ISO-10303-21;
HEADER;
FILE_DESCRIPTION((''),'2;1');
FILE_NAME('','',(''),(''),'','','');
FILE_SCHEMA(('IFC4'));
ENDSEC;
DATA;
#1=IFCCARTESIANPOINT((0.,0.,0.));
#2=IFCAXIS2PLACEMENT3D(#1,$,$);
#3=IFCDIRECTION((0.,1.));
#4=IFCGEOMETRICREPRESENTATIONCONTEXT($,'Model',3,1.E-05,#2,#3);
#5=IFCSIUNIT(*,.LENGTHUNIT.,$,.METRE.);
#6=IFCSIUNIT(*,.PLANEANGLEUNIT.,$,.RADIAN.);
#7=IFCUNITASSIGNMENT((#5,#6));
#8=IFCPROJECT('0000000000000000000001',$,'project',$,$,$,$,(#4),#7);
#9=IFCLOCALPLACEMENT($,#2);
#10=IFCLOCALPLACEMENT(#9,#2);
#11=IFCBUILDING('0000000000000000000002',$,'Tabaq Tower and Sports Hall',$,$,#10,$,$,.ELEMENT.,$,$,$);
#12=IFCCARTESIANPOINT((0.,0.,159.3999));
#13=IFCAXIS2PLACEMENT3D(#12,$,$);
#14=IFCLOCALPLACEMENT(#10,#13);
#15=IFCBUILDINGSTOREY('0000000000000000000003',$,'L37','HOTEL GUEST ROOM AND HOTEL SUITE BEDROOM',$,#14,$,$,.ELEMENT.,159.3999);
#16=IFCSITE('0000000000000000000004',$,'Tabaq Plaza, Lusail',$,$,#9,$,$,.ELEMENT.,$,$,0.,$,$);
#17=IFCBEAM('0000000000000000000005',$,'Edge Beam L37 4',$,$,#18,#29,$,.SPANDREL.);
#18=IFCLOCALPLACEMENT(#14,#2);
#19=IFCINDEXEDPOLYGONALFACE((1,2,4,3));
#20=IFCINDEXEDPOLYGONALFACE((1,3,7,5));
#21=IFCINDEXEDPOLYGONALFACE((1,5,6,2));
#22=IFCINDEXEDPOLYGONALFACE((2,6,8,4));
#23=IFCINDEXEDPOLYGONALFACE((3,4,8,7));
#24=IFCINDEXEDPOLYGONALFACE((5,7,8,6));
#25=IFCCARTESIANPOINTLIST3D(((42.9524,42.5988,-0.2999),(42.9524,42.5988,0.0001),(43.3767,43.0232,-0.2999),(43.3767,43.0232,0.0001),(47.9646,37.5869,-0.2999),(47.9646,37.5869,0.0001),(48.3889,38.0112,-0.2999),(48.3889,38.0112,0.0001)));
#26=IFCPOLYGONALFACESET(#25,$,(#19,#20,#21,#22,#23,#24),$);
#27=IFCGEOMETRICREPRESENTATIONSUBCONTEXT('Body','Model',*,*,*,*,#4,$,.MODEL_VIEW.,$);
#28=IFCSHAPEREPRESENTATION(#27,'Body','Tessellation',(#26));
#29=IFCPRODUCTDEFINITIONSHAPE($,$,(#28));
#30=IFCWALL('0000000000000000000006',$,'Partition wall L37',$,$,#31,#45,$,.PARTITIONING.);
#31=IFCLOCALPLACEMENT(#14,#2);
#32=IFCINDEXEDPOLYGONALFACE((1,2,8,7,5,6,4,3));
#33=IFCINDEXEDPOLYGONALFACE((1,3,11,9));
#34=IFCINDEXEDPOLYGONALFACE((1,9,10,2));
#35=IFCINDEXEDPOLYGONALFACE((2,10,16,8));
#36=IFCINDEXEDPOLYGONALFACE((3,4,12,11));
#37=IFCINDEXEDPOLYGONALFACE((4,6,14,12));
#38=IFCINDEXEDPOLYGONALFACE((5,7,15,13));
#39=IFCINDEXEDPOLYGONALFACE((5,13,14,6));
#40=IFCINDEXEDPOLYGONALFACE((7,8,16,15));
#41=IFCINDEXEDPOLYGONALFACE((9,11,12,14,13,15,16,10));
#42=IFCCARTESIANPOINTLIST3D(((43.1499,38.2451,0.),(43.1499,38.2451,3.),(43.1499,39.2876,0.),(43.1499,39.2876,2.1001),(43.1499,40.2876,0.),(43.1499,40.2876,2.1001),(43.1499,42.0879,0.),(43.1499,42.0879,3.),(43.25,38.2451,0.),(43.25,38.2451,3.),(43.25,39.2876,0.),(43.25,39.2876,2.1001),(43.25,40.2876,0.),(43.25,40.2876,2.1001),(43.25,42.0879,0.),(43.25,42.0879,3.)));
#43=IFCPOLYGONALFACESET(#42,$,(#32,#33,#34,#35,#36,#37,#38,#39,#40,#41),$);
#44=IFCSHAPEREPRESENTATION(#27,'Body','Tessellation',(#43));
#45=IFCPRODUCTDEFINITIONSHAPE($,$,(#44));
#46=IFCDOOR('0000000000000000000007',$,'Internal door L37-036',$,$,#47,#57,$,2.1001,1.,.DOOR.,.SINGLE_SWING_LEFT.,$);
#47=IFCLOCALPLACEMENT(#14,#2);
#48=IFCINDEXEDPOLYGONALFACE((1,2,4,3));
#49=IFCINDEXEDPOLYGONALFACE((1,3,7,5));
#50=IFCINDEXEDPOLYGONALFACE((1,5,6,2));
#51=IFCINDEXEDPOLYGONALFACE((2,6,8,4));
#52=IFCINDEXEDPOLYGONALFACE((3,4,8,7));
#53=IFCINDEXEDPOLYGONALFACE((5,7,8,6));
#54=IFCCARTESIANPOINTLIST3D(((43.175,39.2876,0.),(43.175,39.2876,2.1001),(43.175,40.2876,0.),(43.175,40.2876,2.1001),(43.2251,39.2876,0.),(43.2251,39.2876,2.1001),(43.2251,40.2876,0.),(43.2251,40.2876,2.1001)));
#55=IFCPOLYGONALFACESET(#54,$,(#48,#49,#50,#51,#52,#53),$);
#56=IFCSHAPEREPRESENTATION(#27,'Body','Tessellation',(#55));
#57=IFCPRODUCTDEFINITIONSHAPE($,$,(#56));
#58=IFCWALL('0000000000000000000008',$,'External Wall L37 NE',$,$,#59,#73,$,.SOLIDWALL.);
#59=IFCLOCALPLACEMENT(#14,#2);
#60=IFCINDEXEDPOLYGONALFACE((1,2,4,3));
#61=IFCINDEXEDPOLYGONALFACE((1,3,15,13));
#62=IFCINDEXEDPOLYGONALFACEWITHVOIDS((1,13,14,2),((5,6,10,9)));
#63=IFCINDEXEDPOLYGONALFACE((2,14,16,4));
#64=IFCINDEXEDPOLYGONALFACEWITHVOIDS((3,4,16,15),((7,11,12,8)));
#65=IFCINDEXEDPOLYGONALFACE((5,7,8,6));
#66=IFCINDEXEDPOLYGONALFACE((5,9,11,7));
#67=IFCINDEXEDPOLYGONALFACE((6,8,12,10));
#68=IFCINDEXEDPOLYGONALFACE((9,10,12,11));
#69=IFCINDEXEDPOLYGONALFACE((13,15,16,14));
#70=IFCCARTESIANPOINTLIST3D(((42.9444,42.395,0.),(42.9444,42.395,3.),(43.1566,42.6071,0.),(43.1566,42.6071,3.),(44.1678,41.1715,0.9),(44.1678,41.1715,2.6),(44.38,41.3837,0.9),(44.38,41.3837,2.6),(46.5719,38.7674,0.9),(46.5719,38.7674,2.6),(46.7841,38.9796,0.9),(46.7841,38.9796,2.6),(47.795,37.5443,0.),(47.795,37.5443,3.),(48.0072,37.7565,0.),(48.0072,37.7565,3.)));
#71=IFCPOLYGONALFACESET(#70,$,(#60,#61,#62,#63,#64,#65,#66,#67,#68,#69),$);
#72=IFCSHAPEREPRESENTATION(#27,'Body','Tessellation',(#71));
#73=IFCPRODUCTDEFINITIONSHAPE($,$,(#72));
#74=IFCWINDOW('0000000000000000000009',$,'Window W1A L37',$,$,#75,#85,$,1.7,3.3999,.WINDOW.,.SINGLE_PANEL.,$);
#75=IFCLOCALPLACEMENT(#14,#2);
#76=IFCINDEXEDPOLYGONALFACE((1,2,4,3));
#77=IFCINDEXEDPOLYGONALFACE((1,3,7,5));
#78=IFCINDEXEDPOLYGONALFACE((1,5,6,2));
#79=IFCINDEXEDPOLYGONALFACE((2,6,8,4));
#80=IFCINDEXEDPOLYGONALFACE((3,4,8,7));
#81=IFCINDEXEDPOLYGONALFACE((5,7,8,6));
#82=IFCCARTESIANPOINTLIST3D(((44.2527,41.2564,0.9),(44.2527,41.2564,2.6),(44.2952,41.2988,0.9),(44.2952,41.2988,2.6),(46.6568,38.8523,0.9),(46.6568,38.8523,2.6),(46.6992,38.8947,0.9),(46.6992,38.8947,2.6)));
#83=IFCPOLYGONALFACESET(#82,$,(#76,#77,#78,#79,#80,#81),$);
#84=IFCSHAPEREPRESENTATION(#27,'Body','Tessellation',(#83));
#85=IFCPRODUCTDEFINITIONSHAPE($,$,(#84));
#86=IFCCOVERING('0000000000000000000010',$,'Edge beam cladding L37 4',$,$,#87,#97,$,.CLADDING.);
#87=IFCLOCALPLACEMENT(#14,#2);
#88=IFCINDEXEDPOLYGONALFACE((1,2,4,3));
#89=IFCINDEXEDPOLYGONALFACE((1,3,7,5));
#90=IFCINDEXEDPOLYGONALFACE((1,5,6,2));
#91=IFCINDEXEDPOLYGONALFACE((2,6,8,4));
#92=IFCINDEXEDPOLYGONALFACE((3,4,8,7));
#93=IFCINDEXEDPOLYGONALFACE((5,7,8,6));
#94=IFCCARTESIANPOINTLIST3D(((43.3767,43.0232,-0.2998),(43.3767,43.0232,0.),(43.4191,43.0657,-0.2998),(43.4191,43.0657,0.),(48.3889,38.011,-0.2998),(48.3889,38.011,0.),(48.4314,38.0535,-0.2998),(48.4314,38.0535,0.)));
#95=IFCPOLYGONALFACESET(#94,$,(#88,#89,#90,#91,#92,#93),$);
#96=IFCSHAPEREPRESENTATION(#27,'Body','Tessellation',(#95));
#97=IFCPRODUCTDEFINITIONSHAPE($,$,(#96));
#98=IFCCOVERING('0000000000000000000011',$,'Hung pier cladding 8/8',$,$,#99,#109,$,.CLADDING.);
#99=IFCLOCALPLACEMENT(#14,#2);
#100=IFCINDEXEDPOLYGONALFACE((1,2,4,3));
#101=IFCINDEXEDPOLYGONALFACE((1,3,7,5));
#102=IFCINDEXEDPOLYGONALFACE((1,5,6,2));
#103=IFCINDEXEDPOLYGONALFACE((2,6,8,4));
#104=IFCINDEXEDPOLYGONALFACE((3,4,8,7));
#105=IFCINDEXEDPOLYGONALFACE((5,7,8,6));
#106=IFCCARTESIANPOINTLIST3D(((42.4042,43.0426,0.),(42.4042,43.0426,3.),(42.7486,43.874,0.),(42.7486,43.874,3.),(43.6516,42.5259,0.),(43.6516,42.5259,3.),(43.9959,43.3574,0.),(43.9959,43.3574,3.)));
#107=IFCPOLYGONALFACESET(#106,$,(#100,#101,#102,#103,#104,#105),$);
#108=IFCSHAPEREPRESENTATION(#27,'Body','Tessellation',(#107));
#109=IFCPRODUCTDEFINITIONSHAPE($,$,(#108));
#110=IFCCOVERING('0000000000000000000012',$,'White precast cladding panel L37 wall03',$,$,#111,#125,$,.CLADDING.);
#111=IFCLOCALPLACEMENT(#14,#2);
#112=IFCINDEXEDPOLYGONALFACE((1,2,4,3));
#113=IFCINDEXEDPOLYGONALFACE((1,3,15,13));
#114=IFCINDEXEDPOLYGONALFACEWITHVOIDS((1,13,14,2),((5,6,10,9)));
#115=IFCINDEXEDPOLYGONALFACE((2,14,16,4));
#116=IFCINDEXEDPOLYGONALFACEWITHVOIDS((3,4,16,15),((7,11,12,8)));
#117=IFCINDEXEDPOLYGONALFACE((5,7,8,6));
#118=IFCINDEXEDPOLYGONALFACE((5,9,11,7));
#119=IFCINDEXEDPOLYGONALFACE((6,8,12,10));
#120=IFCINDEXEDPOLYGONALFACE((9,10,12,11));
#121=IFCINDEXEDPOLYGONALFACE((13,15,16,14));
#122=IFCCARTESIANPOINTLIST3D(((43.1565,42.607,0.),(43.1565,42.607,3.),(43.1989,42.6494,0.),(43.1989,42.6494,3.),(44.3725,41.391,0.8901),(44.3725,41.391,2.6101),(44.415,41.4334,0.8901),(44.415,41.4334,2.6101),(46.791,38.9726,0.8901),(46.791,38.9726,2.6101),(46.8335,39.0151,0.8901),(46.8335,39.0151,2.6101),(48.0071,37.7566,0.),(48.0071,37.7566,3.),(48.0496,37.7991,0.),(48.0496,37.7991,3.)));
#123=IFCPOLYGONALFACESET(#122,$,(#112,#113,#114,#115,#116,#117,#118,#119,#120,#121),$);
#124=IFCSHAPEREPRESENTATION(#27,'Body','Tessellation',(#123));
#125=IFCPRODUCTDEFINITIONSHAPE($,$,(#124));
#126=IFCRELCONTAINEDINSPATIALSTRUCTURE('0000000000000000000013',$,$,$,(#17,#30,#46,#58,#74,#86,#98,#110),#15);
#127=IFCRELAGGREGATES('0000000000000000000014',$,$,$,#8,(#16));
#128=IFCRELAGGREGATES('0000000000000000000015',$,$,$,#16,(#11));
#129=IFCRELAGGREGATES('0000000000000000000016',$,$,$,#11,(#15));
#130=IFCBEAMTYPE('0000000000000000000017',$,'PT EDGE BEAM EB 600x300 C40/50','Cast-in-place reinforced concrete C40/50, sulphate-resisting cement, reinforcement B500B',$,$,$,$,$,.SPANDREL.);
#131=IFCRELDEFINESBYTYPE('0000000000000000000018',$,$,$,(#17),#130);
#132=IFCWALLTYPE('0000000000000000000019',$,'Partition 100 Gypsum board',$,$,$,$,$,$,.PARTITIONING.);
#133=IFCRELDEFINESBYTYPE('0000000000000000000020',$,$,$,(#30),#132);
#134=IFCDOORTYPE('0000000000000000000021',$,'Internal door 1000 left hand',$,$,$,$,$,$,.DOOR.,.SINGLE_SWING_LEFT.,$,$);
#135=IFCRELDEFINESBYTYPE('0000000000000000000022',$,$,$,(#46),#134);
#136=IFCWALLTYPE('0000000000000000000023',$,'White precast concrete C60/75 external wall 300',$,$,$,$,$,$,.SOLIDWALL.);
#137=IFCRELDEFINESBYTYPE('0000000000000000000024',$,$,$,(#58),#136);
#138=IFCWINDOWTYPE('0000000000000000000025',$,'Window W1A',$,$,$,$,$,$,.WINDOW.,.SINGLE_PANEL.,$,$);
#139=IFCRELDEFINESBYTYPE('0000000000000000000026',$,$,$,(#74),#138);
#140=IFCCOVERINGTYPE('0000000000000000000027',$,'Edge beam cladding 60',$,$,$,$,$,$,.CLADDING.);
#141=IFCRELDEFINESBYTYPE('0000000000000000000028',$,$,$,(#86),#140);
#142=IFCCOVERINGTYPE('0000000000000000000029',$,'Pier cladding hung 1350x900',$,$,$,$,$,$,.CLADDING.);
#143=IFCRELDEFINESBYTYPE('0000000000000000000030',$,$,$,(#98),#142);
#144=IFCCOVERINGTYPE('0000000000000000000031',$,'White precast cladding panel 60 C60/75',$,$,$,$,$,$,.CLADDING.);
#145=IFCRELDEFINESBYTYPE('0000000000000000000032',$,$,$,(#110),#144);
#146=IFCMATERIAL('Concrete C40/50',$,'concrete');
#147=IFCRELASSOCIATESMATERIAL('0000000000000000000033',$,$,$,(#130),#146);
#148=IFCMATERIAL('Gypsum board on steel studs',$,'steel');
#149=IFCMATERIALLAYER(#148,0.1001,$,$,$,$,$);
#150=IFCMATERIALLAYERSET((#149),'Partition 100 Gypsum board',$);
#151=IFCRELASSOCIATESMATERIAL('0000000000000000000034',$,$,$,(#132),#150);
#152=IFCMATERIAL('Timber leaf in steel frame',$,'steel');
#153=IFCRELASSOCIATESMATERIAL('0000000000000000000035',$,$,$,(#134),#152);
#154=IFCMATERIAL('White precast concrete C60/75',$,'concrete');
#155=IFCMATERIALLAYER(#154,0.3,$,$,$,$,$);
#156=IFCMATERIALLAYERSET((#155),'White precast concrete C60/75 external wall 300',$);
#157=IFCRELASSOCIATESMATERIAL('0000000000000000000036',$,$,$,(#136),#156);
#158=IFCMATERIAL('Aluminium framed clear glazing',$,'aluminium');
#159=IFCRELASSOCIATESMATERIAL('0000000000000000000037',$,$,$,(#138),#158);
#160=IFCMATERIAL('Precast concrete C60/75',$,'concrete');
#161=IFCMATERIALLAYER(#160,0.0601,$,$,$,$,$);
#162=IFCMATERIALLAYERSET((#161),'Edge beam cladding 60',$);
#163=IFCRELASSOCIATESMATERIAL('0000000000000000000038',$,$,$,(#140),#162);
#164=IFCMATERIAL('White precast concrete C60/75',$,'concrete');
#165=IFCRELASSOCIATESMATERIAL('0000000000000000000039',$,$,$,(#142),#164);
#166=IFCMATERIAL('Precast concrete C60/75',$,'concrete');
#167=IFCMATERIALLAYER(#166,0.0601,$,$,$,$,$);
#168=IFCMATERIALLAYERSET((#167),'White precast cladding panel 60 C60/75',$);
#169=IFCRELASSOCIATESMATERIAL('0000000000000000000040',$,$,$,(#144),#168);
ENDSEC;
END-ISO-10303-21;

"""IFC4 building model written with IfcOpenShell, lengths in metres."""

from ifc_helpers import new_model, si_unit, direction, frame, frame_2d, origin, origin_2d, place, context, subcontext, project, spatial, polyline, rectangle, outline, extrude, material, layer, layer_set, material_profile, profile_set, type_object, element, fill, save


model = new_model("IFC4")

# Units and contexts
model_context = context("Model", 3, precision=1e-05, world=origin(), true_north=direction((0.0, 1.0)))
body_context = subcontext(model_context, "Body", "Model", "MODEL_VIEW")
ifc_project = project(units=[si_unit("LENGTHUNIT", "METRE"), si_unit("PLANEANGLEUNIT", "RADIAN")], contexts=[model_context])

# Site, building, storey
site_placement = place(None, origin())
site = spatial("IfcSite", under=ifc_project, at=site_placement, Name="Tabaq Plaza, Lusail", CompositionType="ELEMENT", RefElevation=0.0)
building_placement = place(site_placement, origin())
building = spatial("IfcBuilding", under=site, at=building_placement, Name="Tabaq Tower and Sports Hall", CompositionType="ELEMENT")
storey_placement = place(building_placement, frame((0.0, 0.0, 159.3999)))
storey = spatial("IfcBuildingStorey", under=building, at=storey_placement, Name="L37", Description="HOTEL GUEST ROOM AND HOTEL SUITE BEDROOM", CompositionType="ELEMENT", Elevation=159.3999)

# Beam
ifc_material_1 = material(Name="Concrete C40/50", Category="concrete")
ifc_material_profile = material_profile(ifc_material_1, rectangle(XDim=0.6001, YDim=0.3, at=origin_2d()), Name="EB 600x300")
ifc_profile_set = profile_set([ifc_material_profile], Name="Concrete C40/50")
beam_type = type_object("IfcBeamType", Name="PT EDGE BEAM EB 600x300 C40/50", Description="Cast-in-place reinforced concrete C40/50, sulphate-resisting cement, reinforcement B500B", PredefinedType="SPANDREL", material=ifc_profile_set)
beam_placement = place(storey_placement, frame((48.1768, 37.7991, -0.1499), z_axis=(-0.707124, 0.70709, 0.0), x_axis=(-0.70709, -0.707124, 0.0)))
element("IfcBeam", 1, at=beam_placement, inside=storey, type_object=beam_type, Name="Edge Beam L37 4", PredefinedType="SPANDREL", context=body_context, shape_type="SweptSolid", body=[
    extrude(rectangle(XDim=0.6001, YDim=0.3, at=origin_2d()), origin(), (0.0, 0.0, 1.0), 7.0881),
])

# Wall, opening, door
ifc_material_2 = material(Name="Gypsum board on steel studs", Category="steel")
ifc_layer_1 = layer(ifc_material_2, 0.1001)
ifc_layer_set_1 = layer_set([ifc_layer_1], Name="Partition 100 Gypsum board")
wall_type_1 = type_object("IfcWallType", Name="Partition 100 Gypsum board", PredefinedType="PARTITIONING", material=ifc_layer_set_1)
wall_1_placement = place(storey_placement, frame((43.2, 38.2451, 0.0), z_axis=(0.0, 0.0, 1.0), x_axis=(0.0, 1.0, 0.0)))
wall_1 = element("IfcWall", 2, at=wall_1_placement, inside=storey, type_object=wall_type_1, Name="Partition wall L37", PredefinedType="PARTITIONING", context=body_context, shape_type="SweptSolid", body=[
    extrude(rectangle(XDim=3.8428, YDim=0.1001, at=frame_2d((1.9214, 0.0))), origin(), (0.0, 0.0, 1.0), 3.0),
])
opening_1_placement = place(wall_1_placement, frame((1.0425, 0.0, 0.0)))
opening_1 = element("IfcOpeningElement", 3, at=opening_1_placement, cuts=wall_1, PredefinedType="OPENING", context=body_context, shape_type="SweptSolid", body=[
    extrude(rectangle(XDim=1.0, YDim=2.1001, at=frame_2d((0.5, 1.05))), frame((0.0, 0.05, 0.0), z_axis=(0.0, -1.0, 0.0), x_axis=(1.0, 0.0, 0.0)), (0.0, 0.0, 1.0), 0.1001),
])
ifc_material_3 = material(Name="Timber leaf in steel frame", Category="steel")
door_type = type_object("IfcDoorType", Name="Internal door 1000 left hand", OperationType="SINGLE_SWING_LEFT", PredefinedType="DOOR", material=ifc_material_3)
door_placement = place(opening_1_placement, origin())
door = element("IfcDoor", 4, at=door_placement, inside=storey, type_object=door_type, Name="Internal door L37-036", OperationType="SINGLE_SWING_LEFT", OverallHeight=2.1001, OverallWidth=1.0, PredefinedType="DOOR", context=body_context, shape_type="SweptSolid", body=[
    extrude(rectangle(XDim=1.0, YDim=2.1001, at=frame_2d((0.5, 1.05))), frame((0.0, 0.0249, 0.0), z_axis=(0.0, -1.0, 0.0), x_axis=(1.0, 0.0, 0.0)), (0.0, 0.0, 1.0), 0.05),
])
fill(opening_1, door)

# Wall, opening, window
ifc_material_4 = material(Name="White precast concrete C60/75", Category="concrete")
ifc_layer_2 = layer(ifc_material_4, 0.3)
ifc_layer_set_2 = layer_set([ifc_layer_2], Name="White precast concrete C60/75 external wall 300")
wall_type_2 = type_object("IfcWallType", Name="White precast concrete C60/75 external wall 300", PredefinedType="SOLIDWALL", material=ifc_layer_set_2)
wall_2_placement = place(storey_placement, frame((47.9011, 37.6504, 0.0), z_axis=(0.0, 0.0, 1.0), x_axis=(-0.707107, 0.707107, 0.0)))
wall_2 = element("IfcWall", 5, at=wall_2_placement, inside=storey, type_object=wall_type_2, Name="External Wall L37 NE", PredefinedType="SOLIDWALL", context=body_context, shape_type="SweptSolid", body=[
    extrude(rectangle(XDim=6.8599, YDim=0.3, at=frame_2d((3.4299, 0.0))), origin(), (0.0, 0.0, 1.0), 3.0),
])
opening_2_placement = place(wall_2_placement, frame((1.7297, 0.0, 0.8999)))
opening_2 = element("IfcOpeningElement", 6, at=opening_2_placement, cuts=wall_2, PredefinedType="OPENING", context=body_context, shape_type="SweptSolid", body=[
    extrude(rectangle(XDim=3.3999, YDim=1.7, at=frame_2d((1.7, 0.8501))), frame((0.0, 0.1602, 0.0), z_axis=(0.0, -1.0, 0.0), x_axis=(1.0, 0.0, 0.0)), (0.0, 0.0, 1.0), 0.3201),
])
ifc_material_5 = material(Name="Aluminium framed clear glazing", Category="aluminium")
window_type = type_object("IfcWindowType", Name="Window W1A", PartitioningType="SINGLE_PANEL", PredefinedType="WINDOW", material=ifc_material_5)
window_placement = place(opening_2_placement, origin())
window = element("IfcWindow", 7, at=window_placement, inside=storey, type_object=window_type, Name="Window W1A L37", OverallHeight=1.7, OverallWidth=3.3999, PartitioningType="SINGLE_PANEL", PredefinedType="WINDOW", context=body_context, shape_type="SweptSolid", body=[
    extrude(rectangle(XDim=3.3999, YDim=1.7, at=frame_2d((1.7, 0.8501))), frame((0.0, 0.03, 0.0), z_axis=(0.0, -1.0, 0.0), x_axis=(1.0, 0.0, 0.0)), (0.0, 0.0, 1.0), 0.0601),
])
fill(opening_2, window)

# Coverings
ifc_material_6 = material(Name="Precast concrete C60/75", Category="concrete")
ifc_layer_3 = layer(ifc_material_6, 0.0601)
ifc_layer_set_3 = layer_set([ifc_layer_3], Name="Edge beam cladding 60")
covering_type_1 = type_object("IfcCoveringType", Name="Edge beam cladding 60", PredefinedType="CLADDING", material=ifc_layer_set_3)
covering_1_placement = place(storey_placement, frame((48.4102, 38.0322, -0.2998), z_axis=(0.0, 0.0, 1.0), x_axis=(-0.707107, 0.707107, 0.0)))
element("IfcCovering", 8, at=covering_1_placement, inside=storey, type_object=covering_type_1, Name="Edge beam cladding L37 4", PredefinedType="CLADDING", context=body_context, shape_type="SweptSolid", body=[
    extrude(rectangle(XDim=7.0884, YDim=0.0601, at=frame_2d((3.5442, 0.0))), origin(), (0.0, 0.0, 1.0), 0.2998),
])
ifc_material_7 = material(Name="White precast concrete C60/75", Category="concrete")
covering_type_2 = type_object("IfcCoveringType", Name="Pier cladding hung 1350x900", PredefinedType="CLADDING", material=ifc_material_7)
covering_2_placement = place(storey_placement, frame((43.8237, 42.9417, 0.0), z_axis=(0.0, 0.0, 1.0), x_axis=(-0.923893, 0.38265, 0.0)))
element("IfcCovering", 9, at=covering_2_placement, inside=storey, type_object=covering_type_2, Name="Hung pier cladding 8/8", PredefinedType="CLADDING", context=body_context, shape_type="SweptSolid", body=[
    extrude(rectangle(XDim=1.3501, YDim=0.8999, at=frame_2d((0.675, 0.0))), origin(), (0.0, 0.0, 1.0), 3.0),
])
ifc_material_8 = material(Name="Precast concrete C60/75", Category="concrete")
ifc_layer_4 = layer(ifc_material_8, 0.0601)
ifc_layer_set_4 = layer_set([ifc_layer_4], Name="White precast cladding panel 60 C60/75")
covering_type_3 = type_object("IfcCoveringType", Name="White precast cladding panel 60 C60/75", PredefinedType="CLADDING", material=ifc_layer_set_4)
covering_3_placement = place(storey_placement, frame((48.0283, 37.7778, 0.0), z_axis=(0.0, 0.0, 1.0), x_axis=(-0.707125, 0.707089, 0.0)))
element("IfcCovering", 10, at=covering_3_placement, inside=storey, type_object=covering_type_3, Name="White precast cladding panel L37 wall03", PredefinedType="CLADDING", context=body_context, shape_type="SweptSolid", body=[
    extrude(outline(polyline([(0.0, 0.0), (6.8596, 0.0), (6.8596, 3.0), (0.0, 3.0), (0.0, 0.0)]), holes=[polyline([(1.7197, 0.8901), (1.7197, 2.6101), (5.1399, 2.6101), (5.1399, 0.8901), (1.7197, 0.8901)])]), frame((0.0, 0.03, 0.0), z_axis=(0.0, -1.0, 0.0), x_axis=(1.0, 0.0, 0.0)), (0.0, 0.0, 1.0), 0.0601),
])

save(model, "model.ifc")
